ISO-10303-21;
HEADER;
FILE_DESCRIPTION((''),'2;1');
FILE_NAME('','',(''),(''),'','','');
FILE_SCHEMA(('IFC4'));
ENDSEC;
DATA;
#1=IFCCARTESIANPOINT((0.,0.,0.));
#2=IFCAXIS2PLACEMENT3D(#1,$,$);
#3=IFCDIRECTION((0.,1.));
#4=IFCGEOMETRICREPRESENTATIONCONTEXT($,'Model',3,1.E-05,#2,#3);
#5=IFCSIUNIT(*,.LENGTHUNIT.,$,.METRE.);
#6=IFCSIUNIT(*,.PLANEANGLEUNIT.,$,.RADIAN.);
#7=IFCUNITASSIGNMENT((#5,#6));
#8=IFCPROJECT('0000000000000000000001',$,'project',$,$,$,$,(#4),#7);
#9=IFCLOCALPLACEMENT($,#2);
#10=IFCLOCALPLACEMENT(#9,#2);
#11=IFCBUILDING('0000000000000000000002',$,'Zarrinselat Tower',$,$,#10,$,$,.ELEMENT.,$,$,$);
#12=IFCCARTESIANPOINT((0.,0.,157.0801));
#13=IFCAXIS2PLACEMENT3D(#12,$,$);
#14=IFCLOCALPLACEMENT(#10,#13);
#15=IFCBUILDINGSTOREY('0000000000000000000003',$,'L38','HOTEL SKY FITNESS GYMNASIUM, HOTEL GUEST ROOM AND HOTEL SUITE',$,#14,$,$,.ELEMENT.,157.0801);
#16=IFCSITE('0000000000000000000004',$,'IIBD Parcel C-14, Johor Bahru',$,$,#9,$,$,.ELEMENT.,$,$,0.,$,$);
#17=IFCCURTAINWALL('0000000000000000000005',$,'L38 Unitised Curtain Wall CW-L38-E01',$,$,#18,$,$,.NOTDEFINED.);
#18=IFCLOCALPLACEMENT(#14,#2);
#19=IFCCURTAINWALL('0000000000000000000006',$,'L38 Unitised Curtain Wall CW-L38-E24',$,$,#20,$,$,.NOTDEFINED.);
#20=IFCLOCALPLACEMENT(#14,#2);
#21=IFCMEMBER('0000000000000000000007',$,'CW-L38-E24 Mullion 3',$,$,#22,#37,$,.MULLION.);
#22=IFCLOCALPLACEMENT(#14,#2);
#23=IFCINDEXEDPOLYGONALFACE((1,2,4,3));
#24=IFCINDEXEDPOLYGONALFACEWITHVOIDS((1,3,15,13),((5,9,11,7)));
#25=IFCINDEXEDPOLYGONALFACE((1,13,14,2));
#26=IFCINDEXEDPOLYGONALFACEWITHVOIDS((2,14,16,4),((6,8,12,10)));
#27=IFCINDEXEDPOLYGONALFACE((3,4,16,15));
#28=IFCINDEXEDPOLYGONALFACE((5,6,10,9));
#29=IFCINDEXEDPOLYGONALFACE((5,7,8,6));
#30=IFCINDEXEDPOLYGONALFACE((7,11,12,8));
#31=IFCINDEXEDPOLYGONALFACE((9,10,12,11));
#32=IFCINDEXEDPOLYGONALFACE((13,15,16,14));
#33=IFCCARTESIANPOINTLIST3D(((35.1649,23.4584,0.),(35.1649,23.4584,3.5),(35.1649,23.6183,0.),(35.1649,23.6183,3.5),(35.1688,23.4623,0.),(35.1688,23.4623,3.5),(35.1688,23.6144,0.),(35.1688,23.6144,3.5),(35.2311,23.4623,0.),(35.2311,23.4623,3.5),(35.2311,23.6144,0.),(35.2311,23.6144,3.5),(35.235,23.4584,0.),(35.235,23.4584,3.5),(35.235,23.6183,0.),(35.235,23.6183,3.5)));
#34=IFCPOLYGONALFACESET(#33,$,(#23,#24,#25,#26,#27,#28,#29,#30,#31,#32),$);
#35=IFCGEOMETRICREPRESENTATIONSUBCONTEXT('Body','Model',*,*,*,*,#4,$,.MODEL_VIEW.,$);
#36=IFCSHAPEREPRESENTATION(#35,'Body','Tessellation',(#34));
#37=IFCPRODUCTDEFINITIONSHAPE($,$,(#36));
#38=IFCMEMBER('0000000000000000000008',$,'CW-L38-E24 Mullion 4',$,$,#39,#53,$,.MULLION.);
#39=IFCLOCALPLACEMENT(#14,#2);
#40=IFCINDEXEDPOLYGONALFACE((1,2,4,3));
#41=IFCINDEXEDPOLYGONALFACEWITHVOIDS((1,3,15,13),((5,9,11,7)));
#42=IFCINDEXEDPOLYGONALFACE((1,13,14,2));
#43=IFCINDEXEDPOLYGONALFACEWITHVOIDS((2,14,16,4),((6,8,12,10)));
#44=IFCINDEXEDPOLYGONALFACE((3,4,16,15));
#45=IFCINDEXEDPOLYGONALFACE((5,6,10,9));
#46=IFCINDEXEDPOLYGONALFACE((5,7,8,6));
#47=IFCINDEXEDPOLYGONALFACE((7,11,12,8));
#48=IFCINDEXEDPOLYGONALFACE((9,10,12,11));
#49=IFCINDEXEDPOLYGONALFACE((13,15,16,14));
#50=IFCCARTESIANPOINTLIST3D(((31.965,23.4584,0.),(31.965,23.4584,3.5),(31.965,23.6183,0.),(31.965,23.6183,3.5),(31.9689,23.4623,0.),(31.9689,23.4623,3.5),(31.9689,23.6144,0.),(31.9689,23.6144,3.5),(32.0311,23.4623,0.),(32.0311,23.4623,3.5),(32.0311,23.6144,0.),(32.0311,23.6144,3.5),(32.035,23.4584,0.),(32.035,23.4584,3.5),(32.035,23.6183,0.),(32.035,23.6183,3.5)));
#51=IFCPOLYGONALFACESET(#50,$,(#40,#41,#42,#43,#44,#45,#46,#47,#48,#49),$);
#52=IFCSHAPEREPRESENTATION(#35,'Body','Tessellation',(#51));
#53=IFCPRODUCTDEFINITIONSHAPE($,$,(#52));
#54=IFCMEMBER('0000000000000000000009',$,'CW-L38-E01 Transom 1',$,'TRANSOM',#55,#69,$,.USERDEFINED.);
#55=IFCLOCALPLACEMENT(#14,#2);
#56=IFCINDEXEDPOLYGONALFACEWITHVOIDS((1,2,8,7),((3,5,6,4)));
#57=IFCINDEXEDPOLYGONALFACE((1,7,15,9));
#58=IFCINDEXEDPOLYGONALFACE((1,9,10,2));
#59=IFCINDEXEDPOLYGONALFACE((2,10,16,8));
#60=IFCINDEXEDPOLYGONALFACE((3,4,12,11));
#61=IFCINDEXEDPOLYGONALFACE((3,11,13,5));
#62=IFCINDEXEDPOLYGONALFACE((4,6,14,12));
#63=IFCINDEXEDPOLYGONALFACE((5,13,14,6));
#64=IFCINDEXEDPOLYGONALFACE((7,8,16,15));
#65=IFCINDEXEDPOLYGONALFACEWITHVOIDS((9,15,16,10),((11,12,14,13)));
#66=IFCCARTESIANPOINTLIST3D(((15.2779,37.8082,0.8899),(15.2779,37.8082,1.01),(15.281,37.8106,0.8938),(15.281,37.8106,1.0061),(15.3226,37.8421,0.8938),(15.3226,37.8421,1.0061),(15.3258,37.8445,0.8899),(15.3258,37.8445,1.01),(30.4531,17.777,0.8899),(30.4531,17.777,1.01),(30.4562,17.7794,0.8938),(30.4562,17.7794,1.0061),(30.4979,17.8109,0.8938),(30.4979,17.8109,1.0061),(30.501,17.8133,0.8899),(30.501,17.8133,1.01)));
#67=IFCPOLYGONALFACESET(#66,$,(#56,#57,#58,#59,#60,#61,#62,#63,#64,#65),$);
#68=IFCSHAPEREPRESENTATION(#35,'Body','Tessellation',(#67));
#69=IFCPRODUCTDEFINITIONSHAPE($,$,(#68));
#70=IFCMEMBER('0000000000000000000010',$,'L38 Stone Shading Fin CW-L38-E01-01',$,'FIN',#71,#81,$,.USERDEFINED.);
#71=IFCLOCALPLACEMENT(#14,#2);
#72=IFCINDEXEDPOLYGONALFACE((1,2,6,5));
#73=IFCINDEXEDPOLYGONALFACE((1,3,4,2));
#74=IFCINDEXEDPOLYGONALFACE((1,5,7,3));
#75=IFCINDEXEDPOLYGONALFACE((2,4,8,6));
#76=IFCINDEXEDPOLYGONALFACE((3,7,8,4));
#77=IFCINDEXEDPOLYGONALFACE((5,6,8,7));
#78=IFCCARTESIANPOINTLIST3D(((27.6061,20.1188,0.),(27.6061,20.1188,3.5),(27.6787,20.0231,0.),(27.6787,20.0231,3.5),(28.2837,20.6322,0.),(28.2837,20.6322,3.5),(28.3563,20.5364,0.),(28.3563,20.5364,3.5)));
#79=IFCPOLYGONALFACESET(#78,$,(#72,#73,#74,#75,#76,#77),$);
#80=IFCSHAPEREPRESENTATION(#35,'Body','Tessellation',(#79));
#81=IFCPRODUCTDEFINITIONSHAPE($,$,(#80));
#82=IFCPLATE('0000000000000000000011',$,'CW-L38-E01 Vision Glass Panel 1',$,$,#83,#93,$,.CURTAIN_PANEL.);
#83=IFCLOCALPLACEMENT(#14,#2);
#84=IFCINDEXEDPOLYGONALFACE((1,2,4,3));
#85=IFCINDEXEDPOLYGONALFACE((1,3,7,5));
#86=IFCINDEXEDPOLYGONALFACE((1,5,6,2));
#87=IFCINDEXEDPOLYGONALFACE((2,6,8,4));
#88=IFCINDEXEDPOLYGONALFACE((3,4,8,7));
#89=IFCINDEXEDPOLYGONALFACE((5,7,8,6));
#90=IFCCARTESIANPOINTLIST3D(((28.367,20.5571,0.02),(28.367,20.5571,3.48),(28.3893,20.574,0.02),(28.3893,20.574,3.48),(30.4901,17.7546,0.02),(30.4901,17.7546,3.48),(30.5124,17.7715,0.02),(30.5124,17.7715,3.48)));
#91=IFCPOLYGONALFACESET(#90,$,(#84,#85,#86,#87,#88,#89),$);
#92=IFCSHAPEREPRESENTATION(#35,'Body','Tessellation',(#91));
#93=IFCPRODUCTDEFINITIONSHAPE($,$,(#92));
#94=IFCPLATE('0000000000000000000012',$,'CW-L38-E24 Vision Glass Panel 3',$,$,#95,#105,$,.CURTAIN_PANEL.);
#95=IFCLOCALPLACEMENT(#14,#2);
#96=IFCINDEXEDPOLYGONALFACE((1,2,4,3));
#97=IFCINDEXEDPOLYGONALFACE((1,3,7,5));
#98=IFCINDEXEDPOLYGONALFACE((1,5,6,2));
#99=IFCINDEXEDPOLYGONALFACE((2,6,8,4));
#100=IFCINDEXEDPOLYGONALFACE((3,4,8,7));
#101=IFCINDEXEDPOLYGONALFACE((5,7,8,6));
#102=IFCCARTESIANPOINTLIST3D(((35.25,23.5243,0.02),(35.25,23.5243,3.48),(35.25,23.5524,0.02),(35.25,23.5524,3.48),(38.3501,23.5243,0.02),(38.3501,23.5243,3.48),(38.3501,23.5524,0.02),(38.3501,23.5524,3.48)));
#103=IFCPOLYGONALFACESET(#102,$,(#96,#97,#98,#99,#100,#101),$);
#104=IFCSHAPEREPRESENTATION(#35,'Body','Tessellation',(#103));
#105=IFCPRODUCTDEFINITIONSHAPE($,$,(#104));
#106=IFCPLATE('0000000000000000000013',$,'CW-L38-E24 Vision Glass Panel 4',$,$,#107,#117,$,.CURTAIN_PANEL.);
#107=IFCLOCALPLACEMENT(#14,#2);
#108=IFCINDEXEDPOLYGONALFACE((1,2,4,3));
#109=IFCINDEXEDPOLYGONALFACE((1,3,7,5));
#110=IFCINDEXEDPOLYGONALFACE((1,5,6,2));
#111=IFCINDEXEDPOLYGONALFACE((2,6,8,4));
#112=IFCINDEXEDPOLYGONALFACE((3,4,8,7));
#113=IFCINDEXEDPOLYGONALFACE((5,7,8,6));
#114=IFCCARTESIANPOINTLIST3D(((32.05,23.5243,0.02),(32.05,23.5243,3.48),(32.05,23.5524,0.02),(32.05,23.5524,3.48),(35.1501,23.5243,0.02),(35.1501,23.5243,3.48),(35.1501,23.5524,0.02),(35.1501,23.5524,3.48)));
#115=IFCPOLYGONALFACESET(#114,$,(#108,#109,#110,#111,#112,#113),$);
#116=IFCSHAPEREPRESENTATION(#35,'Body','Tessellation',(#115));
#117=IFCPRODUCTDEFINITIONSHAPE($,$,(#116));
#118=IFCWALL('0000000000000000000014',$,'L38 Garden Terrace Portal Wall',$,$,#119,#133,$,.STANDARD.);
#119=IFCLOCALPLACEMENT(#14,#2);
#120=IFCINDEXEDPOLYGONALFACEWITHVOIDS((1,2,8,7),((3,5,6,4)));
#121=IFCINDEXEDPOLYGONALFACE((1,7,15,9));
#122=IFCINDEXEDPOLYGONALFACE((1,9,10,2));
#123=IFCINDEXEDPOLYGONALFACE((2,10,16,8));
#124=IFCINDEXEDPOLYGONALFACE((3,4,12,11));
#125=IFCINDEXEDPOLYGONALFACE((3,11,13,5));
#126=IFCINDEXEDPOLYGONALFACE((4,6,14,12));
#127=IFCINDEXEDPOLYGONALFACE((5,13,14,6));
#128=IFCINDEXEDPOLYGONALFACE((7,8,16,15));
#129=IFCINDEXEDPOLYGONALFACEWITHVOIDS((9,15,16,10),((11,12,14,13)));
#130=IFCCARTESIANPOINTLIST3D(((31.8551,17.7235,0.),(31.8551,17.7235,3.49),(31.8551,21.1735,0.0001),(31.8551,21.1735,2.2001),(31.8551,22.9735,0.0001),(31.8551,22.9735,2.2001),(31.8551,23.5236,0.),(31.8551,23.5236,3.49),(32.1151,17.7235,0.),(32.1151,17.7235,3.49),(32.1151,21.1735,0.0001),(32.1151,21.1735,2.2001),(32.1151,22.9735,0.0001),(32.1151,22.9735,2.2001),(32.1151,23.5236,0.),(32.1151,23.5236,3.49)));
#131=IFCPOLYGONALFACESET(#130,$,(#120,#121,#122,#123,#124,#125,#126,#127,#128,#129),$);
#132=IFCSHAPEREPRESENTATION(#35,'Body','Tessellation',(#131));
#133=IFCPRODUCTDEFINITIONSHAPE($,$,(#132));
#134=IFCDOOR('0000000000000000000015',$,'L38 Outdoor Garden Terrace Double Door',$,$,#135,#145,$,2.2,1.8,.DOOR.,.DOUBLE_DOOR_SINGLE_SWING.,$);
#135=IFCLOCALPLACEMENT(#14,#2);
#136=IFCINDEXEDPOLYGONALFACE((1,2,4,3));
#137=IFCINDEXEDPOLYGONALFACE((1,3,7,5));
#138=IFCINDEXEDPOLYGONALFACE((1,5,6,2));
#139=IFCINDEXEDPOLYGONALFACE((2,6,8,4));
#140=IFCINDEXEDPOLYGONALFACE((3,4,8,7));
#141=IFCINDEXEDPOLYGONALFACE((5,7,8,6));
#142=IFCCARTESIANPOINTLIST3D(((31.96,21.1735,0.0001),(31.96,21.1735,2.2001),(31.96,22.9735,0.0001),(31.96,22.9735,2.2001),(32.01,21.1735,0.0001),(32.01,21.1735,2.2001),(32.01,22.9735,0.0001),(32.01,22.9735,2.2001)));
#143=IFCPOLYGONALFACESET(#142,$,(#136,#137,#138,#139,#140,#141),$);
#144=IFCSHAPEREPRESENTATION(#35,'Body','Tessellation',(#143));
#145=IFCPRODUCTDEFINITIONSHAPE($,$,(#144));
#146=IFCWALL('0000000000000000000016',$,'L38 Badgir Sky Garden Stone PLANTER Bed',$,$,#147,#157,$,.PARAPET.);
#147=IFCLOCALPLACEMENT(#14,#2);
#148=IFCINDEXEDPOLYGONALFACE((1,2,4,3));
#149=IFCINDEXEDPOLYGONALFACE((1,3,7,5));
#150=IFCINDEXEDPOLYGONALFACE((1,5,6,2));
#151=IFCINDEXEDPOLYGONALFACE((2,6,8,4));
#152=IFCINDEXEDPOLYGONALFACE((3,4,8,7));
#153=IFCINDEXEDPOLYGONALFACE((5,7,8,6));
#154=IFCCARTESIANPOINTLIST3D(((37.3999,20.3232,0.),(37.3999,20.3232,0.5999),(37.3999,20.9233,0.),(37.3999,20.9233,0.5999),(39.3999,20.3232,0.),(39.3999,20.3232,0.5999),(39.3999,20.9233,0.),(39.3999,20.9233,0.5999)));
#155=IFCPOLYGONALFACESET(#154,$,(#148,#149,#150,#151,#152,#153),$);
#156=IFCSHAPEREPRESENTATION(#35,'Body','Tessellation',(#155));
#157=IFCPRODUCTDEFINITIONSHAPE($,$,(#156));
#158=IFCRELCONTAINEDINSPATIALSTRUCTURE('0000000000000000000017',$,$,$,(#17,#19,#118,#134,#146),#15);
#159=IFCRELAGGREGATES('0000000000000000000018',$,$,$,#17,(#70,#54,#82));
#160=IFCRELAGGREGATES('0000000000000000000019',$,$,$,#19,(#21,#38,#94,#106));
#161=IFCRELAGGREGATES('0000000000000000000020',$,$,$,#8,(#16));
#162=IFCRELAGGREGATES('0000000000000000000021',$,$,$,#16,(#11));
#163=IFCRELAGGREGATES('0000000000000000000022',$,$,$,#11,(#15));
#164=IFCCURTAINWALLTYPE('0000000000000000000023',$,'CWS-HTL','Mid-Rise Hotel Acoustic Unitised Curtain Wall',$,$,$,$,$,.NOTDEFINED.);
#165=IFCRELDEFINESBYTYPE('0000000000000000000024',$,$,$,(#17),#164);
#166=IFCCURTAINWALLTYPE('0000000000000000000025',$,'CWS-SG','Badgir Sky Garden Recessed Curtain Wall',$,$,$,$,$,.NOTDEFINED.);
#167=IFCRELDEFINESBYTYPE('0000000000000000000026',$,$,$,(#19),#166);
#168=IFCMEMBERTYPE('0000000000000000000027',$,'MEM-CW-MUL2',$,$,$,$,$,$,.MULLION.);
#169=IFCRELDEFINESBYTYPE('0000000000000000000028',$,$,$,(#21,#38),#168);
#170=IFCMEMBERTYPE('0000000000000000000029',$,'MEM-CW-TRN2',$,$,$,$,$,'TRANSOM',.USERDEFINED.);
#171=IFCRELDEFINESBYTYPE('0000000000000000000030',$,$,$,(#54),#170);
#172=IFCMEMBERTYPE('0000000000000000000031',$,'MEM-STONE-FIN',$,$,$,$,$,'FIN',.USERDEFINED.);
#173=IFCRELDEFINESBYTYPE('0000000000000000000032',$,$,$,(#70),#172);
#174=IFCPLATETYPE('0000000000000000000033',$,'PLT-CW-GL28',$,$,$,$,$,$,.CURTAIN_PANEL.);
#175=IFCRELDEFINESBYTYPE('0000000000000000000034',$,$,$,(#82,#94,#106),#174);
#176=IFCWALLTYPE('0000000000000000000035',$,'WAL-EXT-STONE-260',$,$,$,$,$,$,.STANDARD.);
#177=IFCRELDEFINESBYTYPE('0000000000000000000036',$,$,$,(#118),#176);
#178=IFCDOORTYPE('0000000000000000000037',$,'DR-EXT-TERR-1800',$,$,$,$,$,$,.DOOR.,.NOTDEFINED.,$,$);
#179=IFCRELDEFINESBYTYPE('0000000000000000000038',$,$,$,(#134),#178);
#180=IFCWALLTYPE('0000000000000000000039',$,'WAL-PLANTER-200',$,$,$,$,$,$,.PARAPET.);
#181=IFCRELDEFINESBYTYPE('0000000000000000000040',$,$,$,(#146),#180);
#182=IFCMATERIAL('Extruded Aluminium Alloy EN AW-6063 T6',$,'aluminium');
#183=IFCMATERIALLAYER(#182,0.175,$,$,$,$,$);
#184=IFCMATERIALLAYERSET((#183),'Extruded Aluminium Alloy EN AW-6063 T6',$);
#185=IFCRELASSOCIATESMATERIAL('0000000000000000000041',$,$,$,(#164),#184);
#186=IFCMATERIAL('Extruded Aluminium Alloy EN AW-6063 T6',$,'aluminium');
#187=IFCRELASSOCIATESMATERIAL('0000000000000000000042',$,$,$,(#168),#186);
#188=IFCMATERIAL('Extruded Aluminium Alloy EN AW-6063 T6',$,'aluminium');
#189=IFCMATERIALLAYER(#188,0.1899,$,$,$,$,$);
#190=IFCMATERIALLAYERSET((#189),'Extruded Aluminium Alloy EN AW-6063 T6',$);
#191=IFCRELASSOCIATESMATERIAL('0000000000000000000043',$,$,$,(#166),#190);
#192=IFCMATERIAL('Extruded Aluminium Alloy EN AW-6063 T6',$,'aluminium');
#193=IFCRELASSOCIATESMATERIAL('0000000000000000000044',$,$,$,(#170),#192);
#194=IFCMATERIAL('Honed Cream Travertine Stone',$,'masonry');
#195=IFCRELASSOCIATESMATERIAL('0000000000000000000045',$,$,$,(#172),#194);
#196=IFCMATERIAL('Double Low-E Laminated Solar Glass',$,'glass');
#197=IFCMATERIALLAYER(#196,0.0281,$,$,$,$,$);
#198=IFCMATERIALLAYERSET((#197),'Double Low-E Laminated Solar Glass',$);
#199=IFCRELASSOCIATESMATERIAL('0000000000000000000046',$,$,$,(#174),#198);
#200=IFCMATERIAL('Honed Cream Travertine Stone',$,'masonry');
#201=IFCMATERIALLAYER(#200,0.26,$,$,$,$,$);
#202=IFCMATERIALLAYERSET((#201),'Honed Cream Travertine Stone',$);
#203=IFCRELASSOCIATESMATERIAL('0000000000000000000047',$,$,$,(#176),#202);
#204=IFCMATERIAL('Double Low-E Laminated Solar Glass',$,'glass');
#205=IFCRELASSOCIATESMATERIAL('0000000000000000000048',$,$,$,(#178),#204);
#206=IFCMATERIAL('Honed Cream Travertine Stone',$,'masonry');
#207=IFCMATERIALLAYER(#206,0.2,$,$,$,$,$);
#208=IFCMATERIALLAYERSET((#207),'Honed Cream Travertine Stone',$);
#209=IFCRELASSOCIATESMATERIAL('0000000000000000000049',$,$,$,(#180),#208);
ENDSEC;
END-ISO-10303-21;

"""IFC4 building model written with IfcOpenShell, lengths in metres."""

from ifc_helpers import new_model, si_unit, direction, frame, frame_2d, origin, origin_2d, place, context, subcontext, project, spatial, rectangle, hollow_rectangle, extrude, material, layer, layer_set, material_profile, profile_set, type_object, element, fill, aggregate, save


model = new_model("IFC4")

# Units and contexts
model_context = context("Model", 3, precision=1e-05, world=origin(), true_north=direction((0.0, 1.0)))
body_context = subcontext(model_context, "Body", "Model", "MODEL_VIEW")
ifc_project = project(units=[si_unit("LENGTHUNIT", "METRE"), si_unit("PLANEANGLEUNIT", "RADIAN")], contexts=[model_context])

# Site, building, storey
site_placement = place(None, origin())
site = spatial("IfcSite", under=ifc_project, at=site_placement, Name="IIBD Parcel C-14, Johor Bahru", CompositionType="ELEMENT", RefElevation=0.0)
building_placement = place(site_placement, origin())
building = spatial("IfcBuilding", under=site, at=building_placement, Name="Zarrinselat Tower", CompositionType="ELEMENT")
storey_placement = place(building_placement, frame((0.0, 0.0, 157.0801)))
storey = spatial("IfcBuildingStorey", under=building, at=storey_placement, Name="L38", Description="HOTEL SKY FITNESS GYMNASIUM, HOTEL GUEST ROOM AND HOTEL SUITE", CompositionType="ELEMENT", Elevation=157.0801)

# Curtain walls, members
ifc_material_1 = material(Name="Extruded Aluminium Alloy EN AW-6063 T6", Category="aluminium")
ifc_layer_1 = layer(ifc_material_1, 0.175)
ifc_layer_set_1 = layer_set([ifc_layer_1], Name="Extruded Aluminium Alloy EN AW-6063 T6")
curtain_wall_type_1 = type_object("IfcCurtainWallType", Name="CWS-HTL", Description="Mid-Rise Hotel Acoustic Unitised Curtain Wall", PredefinedType="NOTDEFINED", material=ifc_layer_set_1)
curtain_wall_1_placement = place(storey_placement, origin())
curtain_wall_1 = element("IfcCurtainWall", 1, at=curtain_wall_1_placement, inside=storey, type_object=curtain_wall_type_1, Name="L38 Unitised Curtain Wall CW-L38-E01", PredefinedType="NOTDEFINED")
ifc_material_2 = material(Name="Extruded Aluminium Alloy EN AW-6063 T6", Category="aluminium")
ifc_material_profile_1 = material_profile(ifc_material_2, hollow_rectangle(XDim=0.0701, YDim=0.1599, WallThickness=0.0039, at=origin_2d()), Name="RHS 160x70x4")
ifc_profile_set_1 = profile_set([ifc_material_profile_1], Name="Extruded Aluminium Alloy EN AW-6063 T6")
member_type_1 = type_object("IfcMemberType", Name="MEM-CW-MUL2", PredefinedType="MULLION", material=ifc_profile_set_1)
ifc_material_3 = material(Name="Extruded Aluminium Alloy EN AW-6063 T6", Category="aluminium")
ifc_layer_2 = layer(ifc_material_3, 0.1899)
ifc_layer_set_2 = layer_set([ifc_layer_2], Name="Extruded Aluminium Alloy EN AW-6063 T6")
curtain_wall_type_2 = type_object("IfcCurtainWallType", Name="CWS-SG", Description="Badgir Sky Garden Recessed Curtain Wall", PredefinedType="NOTDEFINED", material=ifc_layer_set_2)
curtain_wall_2_placement = place(storey_placement, origin())
curtain_wall_2 = element("IfcCurtainWall", 2, at=curtain_wall_2_placement, inside=storey, type_object=curtain_wall_type_2, Name="L38 Unitised Curtain Wall CW-L38-E24", PredefinedType="NOTDEFINED")
member_1_placement = place(storey_placement, frame((35.2, 23.5383, 0.0), z_axis=(0.0, 0.0, 1.0), x_axis=(-1.0, 0.0, 0.0)))
member_1 = element("IfcMember", 3, at=member_1_placement, type_object=member_type_1, Name="CW-L38-E24 Mullion 3", PredefinedType="MULLION", context=body_context, shape_type="SweptSolid", body=[
    extrude(hollow_rectangle(XDim=0.0701, YDim=0.1599, WallThickness=0.0039, at=origin_2d()), origin(), (0.0, 0.0, 1.0), 3.5),
])
member_2_placement = place(storey_placement, frame((32.0, 23.5383, 0.0), z_axis=(0.0, 0.0, 1.0), x_axis=(-1.0, 0.0, 0.0)))
member_2 = element("IfcMember", 4, at=member_2_placement, type_object=member_type_1, Name="CW-L38-E24 Mullion 4", PredefinedType="MULLION", context=body_context, shape_type="SweptSolid", body=[
    extrude(hollow_rectangle(XDim=0.0701, YDim=0.1599, WallThickness=0.0039, at=origin_2d()), origin(), (0.0, 0.0, 1.0), 3.5),
])

# Members
ifc_material_4 = material(Name="Extruded Aluminium Alloy EN AW-6063 T6", Category="aluminium")
ifc_material_profile_2 = material_profile(ifc_material_4, hollow_rectangle(XDim=0.0601, YDim=0.1201, WallThickness=0.0039, at=origin_2d()), Name="RHS 120x60x4")
ifc_profile_set_2 = profile_set([ifc_material_profile_2], Name="Extruded Aluminium Alloy EN AW-6063 T6")
member_type_2 = type_object("IfcMemberType", Name="MEM-CW-TRN2", ElementType="TRANSOM", PredefinedType="USERDEFINED", material=ifc_profile_set_2)
member_3_placement = place(storey_placement, frame((30.4771, 17.7952, 0.95), z_axis=(-0.60386, 0.79709, 0.0), x_axis=(-0.79709, -0.60386, 0.0)))
member_3 = element("IfcMember", 5, at=member_3_placement, type_object=member_type_2, Name="CW-L38-E01 Transom 1", ObjectType="TRANSOM", PredefinedType="USERDEFINED", context=body_context, shape_type="SweptSolid", body=[
    extrude(hollow_rectangle(XDim=0.0601, YDim=0.1201, WallThickness=0.0039, at=origin_2d()), origin(), (0.0, 0.0, 1.0), 25.1304),
])
ifc_material_5 = material(Name="Honed Cream Travertine Stone", Category="masonry")
ifc_material_profile_3 = material_profile(ifc_material_5, rectangle(XDim=0.1201, YDim=0.8501, at=origin_2d()), Name="FIN 850x120")
ifc_profile_set_3 = profile_set([ifc_material_profile_3], Name="Honed Cream Travertine Stone")
member_type_3 = type_object("IfcMemberType", Name="MEM-STONE-FIN", ElementType="FIN", PredefinedType="USERDEFINED", material=ifc_profile_set_3)
member_4_placement = place(storey_placement, frame((27.9812, 20.3276, 0.0), z_axis=(0.0, 0.0, 1.0), x_axis=(-0.603858, 0.797092, 0.0)))
member_4 = element("IfcMember", 6, at=member_4_placement, type_object=member_type_3, Name="L38 Stone Shading Fin CW-L38-E01-01", ObjectType="FIN", PredefinedType="USERDEFINED", context=body_context, shape_type="SweptSolid", body=[
    extrude(rectangle(XDim=0.1201, YDim=0.8501, at=origin_2d()), origin(), (0.0, 0.0, 1.0), 3.5),
])

# Plates
ifc_material_6 = material(Name="Double Low-E Laminated Solar Glass", Category="glass")
ifc_layer_3 = layer(ifc_material_6, 0.0281)
ifc_layer_set_3 = layer_set([ifc_layer_3], Name="Double Low-E Laminated Solar Glass")
plate_type = type_object("IfcPlateType", Name="PLT-CW-GL28", PredefinedType="CURTAIN_PANEL", material=ifc_layer_set_3)
plate_1_placement = place(storey_placement, frame((29.4397, 19.1643, 0.02), z_axis=(0.0, 0.0, 1.0), x_axis=(-0.603858, 0.797092, 0.0)))
plate_1 = element("IfcPlate", 7, at=plate_1_placement, type_object=plate_type, Name="CW-L38-E01 Vision Glass Panel 1", PredefinedType="CURTAIN_PANEL", context=body_context, shape_type="SweptSolid", body=[
    extrude(rectangle(XDim=3.5159, YDim=0.0281, at=origin_2d()), origin(), (0.0, 0.0, 1.0), 3.46),
])
aggregate(curtain_wall_1, [member_4, member_3, plate_1])
plate_2_placement = place(storey_placement, frame((36.8, 23.5383, 0.02), z_axis=(0.0, 0.0, 1.0), x_axis=(-1.0, 0.0, 0.0)))
plate_2 = element("IfcPlate", 8, at=plate_2_placement, type_object=plate_type, Name="CW-L38-E24 Vision Glass Panel 3", PredefinedType="CURTAIN_PANEL", context=body_context, shape_type="SweptSolid", body=[
    extrude(rectangle(XDim=3.1001, YDim=0.0281, at=origin_2d()), origin(), (0.0, 0.0, 1.0), 3.46),
])
plate_3_placement = place(storey_placement, frame((33.6001, 23.5383, 0.02), z_axis=(0.0, 0.0, 1.0), x_axis=(-1.0, 0.0, 0.0)))
plate_3 = element("IfcPlate", 9, at=plate_3_placement, type_object=plate_type, Name="CW-L38-E24 Vision Glass Panel 4", PredefinedType="CURTAIN_PANEL", context=body_context, shape_type="SweptSolid", body=[
    extrude(rectangle(XDim=3.1001, YDim=0.0281, at=origin_2d()), origin(), (0.0, 0.0, 1.0), 3.46),
])
aggregate(curtain_wall_2, [member_1, member_2, plate_2, plate_3])

# Wall, opening, door
ifc_material_7 = material(Name="Honed Cream Travertine Stone", Category="masonry")
ifc_layer_4 = layer(ifc_material_7, 0.26)
ifc_layer_set_4 = layer_set([ifc_layer_4], Name="Honed Cream Travertine Stone")
wall_type_1 = type_object("IfcWallType", Name="WAL-EXT-STONE-260", PredefinedType="STANDARD", material=ifc_layer_set_4)
wall_1_placement = place(storey_placement, frame((31.9851, 23.5234, 0.0), z_axis=(0.0, 0.0, 1.0), x_axis=(0.0, -1.0, 0.0)))
wall_1 = element("IfcWall", 10, at=wall_1_placement, inside=storey, type_object=wall_type_1, Name="L38 Garden Terrace Portal Wall", PredefinedType="STANDARD", context=body_context, shape_type="SweptSolid", body=[
    extrude(rectangle(XDim=5.8, YDim=0.26, at=frame_2d((2.8999, 0.0))), origin(), (0.0, 0.0, 1.0), 3.49),
])
opening_placement = place(wall_1_placement, frame((0.55, 0.0, 0.0)))
opening = element("IfcOpeningElement", 11, at=opening_placement, cuts=wall_1, PredefinedType="OPENING", context=body_context, shape_type="SweptSolid", body=[
    extrude(rectangle(XDim=1.8, YDim=2.2, at=frame_2d((0.8999, 1.1001))), frame((0.0, 0.1399, 0.0), z_axis=(0.0, -1.0, 0.0), x_axis=(1.0, 0.0, 0.0)), (0.0, 0.0, 1.0), 0.28),
])
ifc_material_8 = material(Name="Double Low-E Laminated Solar Glass", Category="glass")
door_type = type_object("IfcDoorType", Name="DR-EXT-TERR-1800", OperationType="NOTDEFINED", PredefinedType="DOOR", material=ifc_material_8)
door_placement = place(opening_placement, origin())
door = element("IfcDoor", 12, at=door_placement, inside=storey, type_object=door_type, Name="L38 Outdoor Garden Terrace Double Door", OperationType="DOUBLE_DOOR_SINGLE_SWING", OverallHeight=2.2, OverallWidth=1.8, PredefinedType="DOOR", context=body_context, shape_type="SweptSolid", body=[
    extrude(rectangle(XDim=1.8, YDim=2.2, at=frame_2d((0.8999, 1.1001))), frame((0.0, 0.0249, 0.0), z_axis=(0.0, -1.0, 0.0), x_axis=(1.0, 0.0, 0.0)), (0.0, 0.0, 1.0), 0.05),
])
fill(opening, door)

# Wall
ifc_material_9 = material(Name="Honed Cream Travertine Stone", Category="masonry")
ifc_layer_5 = layer(ifc_material_9, 0.2)
ifc_layer_set_5 = layer_set([ifc_layer_5], Name="Honed Cream Travertine Stone")
wall_type_2 = type_object("IfcWallType", Name="WAL-PLANTER-200", PredefinedType="PARAPET", material=ifc_layer_set_5)
wall_2_placement = place(storey_placement, frame((37.3999, 20.6233, 0.0), z_axis=(0.0, 0.0, 1.0), x_axis=(1.0, 0.0, 0.0)))
element("IfcWall", 13, at=wall_2_placement, inside=storey, type_object=wall_type_2, Name="L38 Badgir Sky Garden Stone PLANTER Bed", PredefinedType="PARAPET", context=body_context, shape_type="SweptSolid", body=[
    extrude(rectangle(XDim=2.0, YDim=0.6001, at=frame_2d((1.0, 0.0))), origin(), (0.0, 0.0, 1.0), 0.5999),
])

save(model, "model.ifc")
